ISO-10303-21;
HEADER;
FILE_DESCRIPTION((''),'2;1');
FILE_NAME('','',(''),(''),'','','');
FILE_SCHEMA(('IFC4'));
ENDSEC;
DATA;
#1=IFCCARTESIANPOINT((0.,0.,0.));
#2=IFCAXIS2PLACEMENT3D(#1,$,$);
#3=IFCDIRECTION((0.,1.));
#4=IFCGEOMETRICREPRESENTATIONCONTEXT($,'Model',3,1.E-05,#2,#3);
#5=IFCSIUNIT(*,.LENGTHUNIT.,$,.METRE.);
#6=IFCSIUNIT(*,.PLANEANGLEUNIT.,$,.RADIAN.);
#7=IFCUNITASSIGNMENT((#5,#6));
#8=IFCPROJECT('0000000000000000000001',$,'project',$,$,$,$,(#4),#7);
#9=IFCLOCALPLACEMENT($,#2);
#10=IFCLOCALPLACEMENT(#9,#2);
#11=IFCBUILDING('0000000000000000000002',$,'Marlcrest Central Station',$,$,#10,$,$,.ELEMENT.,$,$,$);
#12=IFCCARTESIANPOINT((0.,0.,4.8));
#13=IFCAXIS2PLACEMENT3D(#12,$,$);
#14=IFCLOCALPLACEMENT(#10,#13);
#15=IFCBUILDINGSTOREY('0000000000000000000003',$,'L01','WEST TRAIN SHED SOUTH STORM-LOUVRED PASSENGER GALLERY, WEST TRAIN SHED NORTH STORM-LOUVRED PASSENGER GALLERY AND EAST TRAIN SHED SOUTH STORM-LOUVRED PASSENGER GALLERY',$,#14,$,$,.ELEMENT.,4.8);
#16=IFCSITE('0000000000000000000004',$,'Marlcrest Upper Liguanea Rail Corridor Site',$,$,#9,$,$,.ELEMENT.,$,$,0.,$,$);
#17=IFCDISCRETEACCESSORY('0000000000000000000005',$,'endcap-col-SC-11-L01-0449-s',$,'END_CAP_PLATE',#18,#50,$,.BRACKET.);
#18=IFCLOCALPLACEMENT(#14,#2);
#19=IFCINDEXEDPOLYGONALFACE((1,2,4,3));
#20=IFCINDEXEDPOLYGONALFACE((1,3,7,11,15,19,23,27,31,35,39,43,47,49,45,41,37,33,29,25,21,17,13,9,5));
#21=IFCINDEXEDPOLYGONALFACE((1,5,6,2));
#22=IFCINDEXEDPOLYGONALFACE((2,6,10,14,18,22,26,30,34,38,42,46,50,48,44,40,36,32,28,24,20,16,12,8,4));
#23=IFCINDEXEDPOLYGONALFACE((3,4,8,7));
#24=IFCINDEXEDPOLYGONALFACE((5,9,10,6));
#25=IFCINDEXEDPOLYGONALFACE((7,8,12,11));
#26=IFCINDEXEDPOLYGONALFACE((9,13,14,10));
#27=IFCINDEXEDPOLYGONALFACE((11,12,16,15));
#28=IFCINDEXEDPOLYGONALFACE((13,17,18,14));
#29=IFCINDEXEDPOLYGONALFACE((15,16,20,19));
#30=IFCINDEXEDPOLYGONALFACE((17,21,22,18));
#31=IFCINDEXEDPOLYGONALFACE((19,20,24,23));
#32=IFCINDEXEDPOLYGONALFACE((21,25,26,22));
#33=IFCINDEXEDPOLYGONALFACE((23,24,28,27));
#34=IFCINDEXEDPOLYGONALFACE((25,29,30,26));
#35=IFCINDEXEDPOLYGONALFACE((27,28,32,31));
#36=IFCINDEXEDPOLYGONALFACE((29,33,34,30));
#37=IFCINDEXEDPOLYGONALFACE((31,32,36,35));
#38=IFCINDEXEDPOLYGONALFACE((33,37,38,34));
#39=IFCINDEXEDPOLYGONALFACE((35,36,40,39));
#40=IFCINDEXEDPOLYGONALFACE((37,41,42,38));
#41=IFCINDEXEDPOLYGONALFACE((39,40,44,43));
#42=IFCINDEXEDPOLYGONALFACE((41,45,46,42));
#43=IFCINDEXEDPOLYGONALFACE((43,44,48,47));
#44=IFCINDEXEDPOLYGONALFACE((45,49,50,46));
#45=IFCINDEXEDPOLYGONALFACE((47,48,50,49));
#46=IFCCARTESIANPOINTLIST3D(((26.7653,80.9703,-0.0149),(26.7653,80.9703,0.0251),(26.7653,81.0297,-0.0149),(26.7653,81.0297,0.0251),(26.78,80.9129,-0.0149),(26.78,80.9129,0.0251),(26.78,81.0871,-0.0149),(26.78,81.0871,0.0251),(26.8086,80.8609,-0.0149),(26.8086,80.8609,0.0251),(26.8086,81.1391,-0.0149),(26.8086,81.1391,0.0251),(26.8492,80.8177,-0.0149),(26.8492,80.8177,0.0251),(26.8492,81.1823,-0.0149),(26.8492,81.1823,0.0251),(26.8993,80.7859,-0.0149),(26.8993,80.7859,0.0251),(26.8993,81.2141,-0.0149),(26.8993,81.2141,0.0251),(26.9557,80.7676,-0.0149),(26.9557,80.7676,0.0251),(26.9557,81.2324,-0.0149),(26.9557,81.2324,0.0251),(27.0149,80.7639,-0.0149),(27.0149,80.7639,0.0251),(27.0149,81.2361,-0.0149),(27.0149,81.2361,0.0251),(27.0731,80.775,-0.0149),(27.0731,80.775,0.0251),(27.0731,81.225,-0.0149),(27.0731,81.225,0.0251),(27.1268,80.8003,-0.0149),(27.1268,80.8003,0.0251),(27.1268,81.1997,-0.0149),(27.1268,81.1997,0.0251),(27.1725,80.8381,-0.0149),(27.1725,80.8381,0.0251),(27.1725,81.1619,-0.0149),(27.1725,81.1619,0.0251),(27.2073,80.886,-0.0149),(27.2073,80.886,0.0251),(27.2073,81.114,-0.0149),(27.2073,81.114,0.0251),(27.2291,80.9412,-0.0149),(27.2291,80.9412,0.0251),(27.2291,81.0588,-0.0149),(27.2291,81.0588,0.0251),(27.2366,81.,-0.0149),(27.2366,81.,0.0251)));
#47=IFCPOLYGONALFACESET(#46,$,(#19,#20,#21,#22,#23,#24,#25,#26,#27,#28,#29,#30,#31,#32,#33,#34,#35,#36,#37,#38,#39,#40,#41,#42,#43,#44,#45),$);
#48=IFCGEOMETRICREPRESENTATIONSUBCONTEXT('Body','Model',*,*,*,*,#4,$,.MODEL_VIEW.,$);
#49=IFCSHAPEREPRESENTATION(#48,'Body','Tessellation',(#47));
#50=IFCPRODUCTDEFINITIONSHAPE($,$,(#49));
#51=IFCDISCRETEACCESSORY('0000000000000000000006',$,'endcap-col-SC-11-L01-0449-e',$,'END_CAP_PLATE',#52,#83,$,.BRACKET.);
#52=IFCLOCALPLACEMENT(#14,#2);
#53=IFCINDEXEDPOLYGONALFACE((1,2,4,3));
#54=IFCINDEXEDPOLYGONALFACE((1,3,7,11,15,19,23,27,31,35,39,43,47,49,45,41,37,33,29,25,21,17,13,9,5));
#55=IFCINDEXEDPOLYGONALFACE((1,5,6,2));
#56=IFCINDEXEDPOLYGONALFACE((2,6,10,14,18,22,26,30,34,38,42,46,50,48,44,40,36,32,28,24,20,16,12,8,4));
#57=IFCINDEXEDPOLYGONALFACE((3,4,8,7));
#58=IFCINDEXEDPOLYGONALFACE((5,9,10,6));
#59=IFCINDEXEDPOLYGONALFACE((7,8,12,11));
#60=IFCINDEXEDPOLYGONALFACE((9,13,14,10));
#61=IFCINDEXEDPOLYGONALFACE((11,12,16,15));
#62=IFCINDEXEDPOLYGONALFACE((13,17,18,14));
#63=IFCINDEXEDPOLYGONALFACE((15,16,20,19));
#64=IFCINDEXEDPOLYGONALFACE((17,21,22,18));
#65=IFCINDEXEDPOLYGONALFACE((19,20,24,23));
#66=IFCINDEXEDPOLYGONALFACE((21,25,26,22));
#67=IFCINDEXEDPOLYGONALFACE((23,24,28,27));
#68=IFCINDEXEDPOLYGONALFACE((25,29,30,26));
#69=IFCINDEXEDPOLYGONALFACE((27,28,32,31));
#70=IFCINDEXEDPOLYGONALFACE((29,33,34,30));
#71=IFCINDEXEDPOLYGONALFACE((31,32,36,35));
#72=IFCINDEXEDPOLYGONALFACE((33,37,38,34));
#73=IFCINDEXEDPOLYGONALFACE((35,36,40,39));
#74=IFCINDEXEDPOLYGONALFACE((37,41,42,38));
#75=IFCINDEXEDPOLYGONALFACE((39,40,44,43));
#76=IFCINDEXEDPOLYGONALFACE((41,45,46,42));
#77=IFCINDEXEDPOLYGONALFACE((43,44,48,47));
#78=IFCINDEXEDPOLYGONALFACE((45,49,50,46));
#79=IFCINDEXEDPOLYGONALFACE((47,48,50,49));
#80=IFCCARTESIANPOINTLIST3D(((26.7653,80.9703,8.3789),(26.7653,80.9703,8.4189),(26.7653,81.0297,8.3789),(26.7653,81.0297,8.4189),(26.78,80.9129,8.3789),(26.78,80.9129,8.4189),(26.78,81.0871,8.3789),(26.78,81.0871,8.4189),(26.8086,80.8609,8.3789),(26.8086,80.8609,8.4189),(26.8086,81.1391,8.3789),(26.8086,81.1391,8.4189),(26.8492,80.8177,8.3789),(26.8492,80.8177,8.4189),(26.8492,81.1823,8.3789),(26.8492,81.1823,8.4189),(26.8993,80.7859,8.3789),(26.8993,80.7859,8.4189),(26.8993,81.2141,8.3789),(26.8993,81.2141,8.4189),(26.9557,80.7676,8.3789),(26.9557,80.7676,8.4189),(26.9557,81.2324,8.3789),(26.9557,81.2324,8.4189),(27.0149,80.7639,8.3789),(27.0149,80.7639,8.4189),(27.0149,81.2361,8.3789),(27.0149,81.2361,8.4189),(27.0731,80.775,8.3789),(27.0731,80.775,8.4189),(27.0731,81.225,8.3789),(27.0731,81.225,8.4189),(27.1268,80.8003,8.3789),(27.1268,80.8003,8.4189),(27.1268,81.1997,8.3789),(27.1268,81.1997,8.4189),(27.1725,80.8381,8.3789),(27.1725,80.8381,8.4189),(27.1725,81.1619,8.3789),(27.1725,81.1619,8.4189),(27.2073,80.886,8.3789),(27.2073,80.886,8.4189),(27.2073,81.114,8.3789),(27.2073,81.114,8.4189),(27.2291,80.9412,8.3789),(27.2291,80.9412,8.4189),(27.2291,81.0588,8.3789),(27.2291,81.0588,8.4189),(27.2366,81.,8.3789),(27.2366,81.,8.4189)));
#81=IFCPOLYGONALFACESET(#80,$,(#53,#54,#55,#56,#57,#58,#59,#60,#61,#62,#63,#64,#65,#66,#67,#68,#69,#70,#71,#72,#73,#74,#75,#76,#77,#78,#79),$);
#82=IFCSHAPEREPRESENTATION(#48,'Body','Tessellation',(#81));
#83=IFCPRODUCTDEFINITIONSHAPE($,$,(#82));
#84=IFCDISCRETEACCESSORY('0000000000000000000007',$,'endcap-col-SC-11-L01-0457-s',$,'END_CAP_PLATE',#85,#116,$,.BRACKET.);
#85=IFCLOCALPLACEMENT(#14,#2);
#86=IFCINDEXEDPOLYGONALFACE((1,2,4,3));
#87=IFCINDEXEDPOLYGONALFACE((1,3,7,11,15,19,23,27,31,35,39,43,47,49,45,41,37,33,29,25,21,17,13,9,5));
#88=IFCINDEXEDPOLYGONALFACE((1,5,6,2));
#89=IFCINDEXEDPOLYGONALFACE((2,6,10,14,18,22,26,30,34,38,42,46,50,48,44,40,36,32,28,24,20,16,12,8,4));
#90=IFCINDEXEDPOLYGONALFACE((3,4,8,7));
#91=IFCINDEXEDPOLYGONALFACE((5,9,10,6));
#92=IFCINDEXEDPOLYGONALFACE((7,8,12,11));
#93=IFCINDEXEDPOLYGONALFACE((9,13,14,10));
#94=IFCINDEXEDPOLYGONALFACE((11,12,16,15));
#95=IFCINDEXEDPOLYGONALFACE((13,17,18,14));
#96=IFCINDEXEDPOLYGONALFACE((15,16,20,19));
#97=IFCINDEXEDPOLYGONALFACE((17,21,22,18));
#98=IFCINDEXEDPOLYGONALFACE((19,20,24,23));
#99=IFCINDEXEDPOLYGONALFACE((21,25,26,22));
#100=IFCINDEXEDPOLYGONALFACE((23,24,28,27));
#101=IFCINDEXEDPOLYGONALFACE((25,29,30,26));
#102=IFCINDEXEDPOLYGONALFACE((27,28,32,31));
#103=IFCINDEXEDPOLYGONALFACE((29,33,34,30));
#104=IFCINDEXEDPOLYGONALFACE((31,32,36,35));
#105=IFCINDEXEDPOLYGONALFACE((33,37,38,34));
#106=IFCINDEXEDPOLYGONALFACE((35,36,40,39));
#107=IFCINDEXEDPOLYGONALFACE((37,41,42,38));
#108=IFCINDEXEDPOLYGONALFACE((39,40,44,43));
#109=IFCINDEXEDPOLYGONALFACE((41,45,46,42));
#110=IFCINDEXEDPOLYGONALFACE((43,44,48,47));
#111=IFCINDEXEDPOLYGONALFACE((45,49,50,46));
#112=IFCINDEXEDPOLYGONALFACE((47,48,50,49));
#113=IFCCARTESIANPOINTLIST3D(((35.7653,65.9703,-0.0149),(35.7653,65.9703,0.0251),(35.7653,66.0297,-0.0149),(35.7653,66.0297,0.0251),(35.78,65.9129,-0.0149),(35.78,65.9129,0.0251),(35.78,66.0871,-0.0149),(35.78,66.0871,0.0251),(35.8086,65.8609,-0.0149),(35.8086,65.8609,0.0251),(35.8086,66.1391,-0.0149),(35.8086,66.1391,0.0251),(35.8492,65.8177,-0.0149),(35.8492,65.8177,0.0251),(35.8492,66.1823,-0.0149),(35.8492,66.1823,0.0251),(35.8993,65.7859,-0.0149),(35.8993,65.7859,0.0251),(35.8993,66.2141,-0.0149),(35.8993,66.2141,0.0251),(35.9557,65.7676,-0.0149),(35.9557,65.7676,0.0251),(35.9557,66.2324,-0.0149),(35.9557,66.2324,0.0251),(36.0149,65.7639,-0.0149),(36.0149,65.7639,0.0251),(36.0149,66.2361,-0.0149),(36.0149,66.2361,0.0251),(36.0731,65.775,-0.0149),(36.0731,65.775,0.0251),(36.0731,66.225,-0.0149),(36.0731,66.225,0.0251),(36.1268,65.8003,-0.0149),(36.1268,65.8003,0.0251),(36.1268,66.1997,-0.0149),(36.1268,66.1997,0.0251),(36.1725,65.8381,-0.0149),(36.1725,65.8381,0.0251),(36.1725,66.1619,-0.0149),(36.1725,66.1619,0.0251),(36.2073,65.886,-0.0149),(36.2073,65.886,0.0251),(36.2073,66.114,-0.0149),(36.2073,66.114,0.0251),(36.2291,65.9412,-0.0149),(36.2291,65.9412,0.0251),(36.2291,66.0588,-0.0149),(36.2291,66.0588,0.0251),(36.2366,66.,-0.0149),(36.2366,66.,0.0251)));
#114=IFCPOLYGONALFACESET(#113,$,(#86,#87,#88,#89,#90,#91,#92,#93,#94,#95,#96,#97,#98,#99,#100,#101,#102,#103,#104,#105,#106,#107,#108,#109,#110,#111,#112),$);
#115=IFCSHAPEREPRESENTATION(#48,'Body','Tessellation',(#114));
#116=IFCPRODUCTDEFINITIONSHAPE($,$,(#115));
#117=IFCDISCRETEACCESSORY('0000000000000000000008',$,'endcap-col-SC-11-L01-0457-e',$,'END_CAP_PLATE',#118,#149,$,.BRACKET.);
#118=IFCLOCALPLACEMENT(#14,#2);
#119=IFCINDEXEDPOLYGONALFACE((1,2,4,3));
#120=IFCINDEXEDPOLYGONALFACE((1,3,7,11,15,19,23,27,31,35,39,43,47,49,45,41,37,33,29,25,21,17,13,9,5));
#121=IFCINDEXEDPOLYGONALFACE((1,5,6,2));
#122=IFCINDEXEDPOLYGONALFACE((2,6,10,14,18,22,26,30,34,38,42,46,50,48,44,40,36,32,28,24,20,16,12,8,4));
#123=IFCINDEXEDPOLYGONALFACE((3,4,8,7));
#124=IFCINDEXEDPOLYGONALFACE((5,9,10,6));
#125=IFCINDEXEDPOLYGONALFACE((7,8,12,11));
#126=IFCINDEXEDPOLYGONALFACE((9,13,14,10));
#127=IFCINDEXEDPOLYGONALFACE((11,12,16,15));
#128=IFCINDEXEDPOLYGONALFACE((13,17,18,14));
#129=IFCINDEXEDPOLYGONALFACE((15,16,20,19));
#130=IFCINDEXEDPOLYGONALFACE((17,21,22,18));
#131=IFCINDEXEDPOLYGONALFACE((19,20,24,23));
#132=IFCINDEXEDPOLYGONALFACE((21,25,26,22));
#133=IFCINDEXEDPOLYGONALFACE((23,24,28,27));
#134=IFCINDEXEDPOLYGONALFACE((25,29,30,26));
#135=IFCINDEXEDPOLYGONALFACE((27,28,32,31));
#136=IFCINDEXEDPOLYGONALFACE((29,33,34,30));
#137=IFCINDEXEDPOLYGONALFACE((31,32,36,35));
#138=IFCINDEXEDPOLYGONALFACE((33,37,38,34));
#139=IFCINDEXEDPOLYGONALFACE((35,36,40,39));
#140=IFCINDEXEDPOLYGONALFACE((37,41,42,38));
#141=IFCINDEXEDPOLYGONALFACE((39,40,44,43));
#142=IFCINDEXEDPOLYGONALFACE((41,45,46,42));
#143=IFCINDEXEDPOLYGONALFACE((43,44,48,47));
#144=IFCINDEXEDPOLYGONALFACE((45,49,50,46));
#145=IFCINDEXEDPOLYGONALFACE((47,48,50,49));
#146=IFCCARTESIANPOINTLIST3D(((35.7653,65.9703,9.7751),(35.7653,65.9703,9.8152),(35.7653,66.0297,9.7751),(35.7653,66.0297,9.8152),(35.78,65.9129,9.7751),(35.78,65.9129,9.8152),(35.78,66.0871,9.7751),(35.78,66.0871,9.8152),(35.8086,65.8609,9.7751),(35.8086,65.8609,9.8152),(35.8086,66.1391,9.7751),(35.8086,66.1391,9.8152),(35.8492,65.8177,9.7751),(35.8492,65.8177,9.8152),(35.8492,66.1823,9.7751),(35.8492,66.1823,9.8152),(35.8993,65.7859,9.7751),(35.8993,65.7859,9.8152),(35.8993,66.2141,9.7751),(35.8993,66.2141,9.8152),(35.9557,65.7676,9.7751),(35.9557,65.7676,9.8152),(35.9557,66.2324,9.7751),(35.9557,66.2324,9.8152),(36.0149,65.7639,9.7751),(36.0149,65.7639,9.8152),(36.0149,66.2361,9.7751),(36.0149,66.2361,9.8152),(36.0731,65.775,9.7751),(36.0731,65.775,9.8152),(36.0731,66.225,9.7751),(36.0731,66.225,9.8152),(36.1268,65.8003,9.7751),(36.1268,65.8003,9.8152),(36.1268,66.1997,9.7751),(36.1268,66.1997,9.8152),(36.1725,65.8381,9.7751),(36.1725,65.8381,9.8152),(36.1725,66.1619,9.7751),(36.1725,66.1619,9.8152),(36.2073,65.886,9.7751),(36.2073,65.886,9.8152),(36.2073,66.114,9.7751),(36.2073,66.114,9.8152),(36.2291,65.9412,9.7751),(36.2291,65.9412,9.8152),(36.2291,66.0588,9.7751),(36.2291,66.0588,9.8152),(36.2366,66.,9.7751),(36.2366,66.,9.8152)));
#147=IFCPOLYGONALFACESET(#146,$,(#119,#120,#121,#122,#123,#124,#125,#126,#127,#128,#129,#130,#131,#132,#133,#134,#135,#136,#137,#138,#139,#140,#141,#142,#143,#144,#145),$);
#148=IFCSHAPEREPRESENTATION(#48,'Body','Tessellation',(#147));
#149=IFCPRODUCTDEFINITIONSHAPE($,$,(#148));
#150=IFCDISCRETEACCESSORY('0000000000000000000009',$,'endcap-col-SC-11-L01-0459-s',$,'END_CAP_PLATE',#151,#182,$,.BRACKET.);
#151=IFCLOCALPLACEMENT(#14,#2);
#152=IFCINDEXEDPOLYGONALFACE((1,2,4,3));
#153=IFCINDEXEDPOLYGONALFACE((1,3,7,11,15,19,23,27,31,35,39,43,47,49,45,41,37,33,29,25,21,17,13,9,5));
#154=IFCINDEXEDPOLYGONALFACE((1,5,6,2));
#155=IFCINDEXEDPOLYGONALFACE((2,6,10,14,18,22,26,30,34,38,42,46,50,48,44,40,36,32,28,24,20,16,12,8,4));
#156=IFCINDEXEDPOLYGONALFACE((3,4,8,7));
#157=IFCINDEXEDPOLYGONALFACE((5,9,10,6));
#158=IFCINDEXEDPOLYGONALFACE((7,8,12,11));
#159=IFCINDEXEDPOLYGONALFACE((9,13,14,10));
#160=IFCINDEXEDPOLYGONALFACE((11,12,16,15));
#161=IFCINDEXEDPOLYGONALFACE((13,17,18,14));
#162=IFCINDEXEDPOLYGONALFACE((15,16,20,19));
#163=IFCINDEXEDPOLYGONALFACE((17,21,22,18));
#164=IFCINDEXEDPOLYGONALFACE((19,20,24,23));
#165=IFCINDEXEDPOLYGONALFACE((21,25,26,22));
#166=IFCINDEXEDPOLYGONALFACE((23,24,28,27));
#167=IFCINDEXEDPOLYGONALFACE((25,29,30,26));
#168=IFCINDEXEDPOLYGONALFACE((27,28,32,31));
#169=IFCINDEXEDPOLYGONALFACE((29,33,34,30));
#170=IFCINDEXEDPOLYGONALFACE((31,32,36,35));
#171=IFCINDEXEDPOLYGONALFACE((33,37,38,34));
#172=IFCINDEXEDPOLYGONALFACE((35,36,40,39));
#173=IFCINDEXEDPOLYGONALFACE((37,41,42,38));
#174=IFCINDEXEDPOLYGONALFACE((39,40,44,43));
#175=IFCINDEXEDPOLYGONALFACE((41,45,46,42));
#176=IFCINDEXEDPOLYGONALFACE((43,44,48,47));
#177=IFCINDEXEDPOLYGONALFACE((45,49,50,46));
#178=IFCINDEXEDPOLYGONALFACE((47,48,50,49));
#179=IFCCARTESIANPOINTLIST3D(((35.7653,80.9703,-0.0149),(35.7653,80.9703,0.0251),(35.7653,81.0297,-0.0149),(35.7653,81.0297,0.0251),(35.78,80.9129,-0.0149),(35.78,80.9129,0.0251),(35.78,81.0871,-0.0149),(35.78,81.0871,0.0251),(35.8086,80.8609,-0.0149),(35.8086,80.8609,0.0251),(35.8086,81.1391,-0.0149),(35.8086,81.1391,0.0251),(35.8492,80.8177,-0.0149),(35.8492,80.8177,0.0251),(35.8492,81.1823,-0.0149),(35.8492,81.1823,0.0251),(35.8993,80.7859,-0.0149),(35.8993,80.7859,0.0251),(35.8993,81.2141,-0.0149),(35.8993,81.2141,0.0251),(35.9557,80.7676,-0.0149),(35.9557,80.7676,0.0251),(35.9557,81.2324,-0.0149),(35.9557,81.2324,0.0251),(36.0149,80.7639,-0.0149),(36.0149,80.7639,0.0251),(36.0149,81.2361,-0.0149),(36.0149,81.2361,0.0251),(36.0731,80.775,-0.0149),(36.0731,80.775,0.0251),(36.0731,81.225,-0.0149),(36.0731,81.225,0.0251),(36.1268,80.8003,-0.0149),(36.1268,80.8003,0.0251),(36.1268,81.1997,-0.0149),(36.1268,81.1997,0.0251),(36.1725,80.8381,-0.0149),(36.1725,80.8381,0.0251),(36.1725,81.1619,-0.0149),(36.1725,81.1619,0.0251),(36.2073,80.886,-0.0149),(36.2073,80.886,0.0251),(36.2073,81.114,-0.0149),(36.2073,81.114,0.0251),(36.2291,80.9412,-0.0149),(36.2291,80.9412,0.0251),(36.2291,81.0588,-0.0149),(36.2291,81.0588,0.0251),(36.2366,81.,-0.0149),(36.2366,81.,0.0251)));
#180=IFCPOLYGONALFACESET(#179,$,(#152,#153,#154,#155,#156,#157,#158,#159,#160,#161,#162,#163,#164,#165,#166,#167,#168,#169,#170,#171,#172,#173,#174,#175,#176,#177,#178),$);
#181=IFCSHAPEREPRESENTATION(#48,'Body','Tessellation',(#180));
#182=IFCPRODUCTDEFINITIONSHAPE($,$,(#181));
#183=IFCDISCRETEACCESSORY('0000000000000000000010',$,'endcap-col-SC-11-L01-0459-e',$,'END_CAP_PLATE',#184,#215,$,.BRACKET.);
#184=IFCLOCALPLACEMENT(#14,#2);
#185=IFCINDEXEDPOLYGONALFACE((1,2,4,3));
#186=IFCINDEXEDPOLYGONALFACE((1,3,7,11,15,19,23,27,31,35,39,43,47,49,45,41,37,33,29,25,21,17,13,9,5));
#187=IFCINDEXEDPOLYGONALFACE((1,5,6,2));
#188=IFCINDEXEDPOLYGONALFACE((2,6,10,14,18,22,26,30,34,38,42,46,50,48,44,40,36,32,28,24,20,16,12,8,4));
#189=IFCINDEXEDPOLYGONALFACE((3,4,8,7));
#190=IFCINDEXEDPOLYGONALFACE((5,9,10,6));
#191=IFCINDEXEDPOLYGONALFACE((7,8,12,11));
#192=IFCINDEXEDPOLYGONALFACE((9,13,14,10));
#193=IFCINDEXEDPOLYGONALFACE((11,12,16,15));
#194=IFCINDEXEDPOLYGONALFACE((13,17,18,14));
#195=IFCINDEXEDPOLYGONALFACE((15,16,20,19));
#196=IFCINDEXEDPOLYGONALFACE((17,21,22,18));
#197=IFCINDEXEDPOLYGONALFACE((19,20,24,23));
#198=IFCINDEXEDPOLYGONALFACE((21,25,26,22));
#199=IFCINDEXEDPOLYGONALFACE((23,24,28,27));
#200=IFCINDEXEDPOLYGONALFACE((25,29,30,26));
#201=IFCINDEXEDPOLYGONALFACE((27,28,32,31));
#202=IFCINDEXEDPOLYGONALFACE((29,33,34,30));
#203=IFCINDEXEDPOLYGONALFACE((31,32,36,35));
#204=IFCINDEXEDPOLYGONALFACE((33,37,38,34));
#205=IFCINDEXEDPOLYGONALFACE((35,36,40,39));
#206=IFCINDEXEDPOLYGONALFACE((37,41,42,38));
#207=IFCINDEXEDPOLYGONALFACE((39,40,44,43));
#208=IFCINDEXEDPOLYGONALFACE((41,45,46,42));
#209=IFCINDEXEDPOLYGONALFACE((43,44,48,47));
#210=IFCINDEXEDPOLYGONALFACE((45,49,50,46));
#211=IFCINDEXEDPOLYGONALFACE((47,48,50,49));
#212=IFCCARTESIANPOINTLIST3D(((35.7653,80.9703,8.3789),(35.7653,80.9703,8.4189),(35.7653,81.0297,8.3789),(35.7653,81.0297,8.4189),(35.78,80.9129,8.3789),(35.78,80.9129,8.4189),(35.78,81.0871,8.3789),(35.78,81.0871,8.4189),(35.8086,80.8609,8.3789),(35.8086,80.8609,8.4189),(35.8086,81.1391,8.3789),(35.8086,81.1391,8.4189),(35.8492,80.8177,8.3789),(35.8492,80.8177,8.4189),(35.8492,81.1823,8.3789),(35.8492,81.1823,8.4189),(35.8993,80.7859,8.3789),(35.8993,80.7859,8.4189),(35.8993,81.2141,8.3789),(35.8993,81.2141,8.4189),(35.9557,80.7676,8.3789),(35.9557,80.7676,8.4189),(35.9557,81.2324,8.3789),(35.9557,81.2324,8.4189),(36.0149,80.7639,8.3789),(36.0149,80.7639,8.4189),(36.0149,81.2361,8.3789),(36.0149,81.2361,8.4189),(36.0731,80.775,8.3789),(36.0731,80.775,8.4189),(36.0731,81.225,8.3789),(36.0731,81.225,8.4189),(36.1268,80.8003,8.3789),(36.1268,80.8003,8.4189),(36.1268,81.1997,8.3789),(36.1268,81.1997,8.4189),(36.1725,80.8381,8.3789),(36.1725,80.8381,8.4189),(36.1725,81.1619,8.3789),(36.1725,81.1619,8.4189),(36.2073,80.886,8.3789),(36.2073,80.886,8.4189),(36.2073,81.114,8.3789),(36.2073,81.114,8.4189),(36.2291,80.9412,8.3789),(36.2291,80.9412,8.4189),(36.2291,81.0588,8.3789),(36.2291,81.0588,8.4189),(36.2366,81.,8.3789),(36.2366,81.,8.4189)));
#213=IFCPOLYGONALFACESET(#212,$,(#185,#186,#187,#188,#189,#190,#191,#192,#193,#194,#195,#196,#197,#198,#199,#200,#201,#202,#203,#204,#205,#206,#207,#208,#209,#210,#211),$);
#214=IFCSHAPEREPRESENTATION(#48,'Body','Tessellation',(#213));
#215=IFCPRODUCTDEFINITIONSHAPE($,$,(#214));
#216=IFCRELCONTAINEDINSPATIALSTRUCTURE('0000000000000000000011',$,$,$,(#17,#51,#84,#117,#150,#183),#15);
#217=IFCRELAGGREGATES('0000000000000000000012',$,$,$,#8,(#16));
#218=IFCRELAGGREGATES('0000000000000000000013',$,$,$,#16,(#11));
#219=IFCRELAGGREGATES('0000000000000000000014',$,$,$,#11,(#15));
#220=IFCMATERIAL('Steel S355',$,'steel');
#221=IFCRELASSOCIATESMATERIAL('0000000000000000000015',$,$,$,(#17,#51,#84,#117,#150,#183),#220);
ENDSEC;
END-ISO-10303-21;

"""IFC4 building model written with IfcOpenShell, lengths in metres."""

from ifc_helpers import new_model, si_unit, direction, frame, origin, origin_2d, place, context, subcontext, project, spatial, circle, extrude, material, element, save


model = new_model("IFC4")

# Units and contexts
model_context = context("Model", 3, precision=1e-05, world=origin(), true_north=direction((0.0, 1.0)))
body_context = subcontext(model_context, "Body", "Model", "MODEL_VIEW")
ifc_project = project(units=[si_unit("LENGTHUNIT", "METRE"), si_unit("PLANEANGLEUNIT", "RADIAN")], contexts=[model_context])

# Site, building, storey
site_placement = place(None, origin())
site = spatial("IfcSite", under=ifc_project, at=site_placement, Name="Marlcrest Upper Liguanea Rail Corridor Site", CompositionType="ELEMENT", RefElevation=0.0)
building_placement = place(site_placement, origin())
building = spatial("IfcBuilding", under=site, at=building_placement, Name="Marlcrest Central Station", CompositionType="ELEMENT")
storey_placement = place(building_placement, frame((0.0, 0.0, 4.8)))
storey = spatial("IfcBuildingStorey", under=building, at=storey_placement, Name="L01", Description="WEST TRAIN SHED SOUTH STORM-LOUVRED PASSENGER GALLERY, WEST TRAIN SHED NORTH STORM-LOUVRED PASSENGER GALLERY AND EAST TRAIN SHED SOUTH STORM-LOUVRED PASSENGER GALLERY", CompositionType="ELEMENT", Elevation=4.8)

# Shared definitions
ifc_material = material(Name="Steel S355", Category="steel")

# Discrete accessories
for number, where, z_axis, x_axis, name in (
    (1, (27.0, 81.0, -0.0149), (0.0, 0.0, 1.0), (1.0, 0.0, 0.0), "endcap-col-SC-11-L01-0449-s"),
    (2, (27.0, 81.0, 8.3789), (0.0, 0.0, 1.0), (1.0, 0.0, 0.0), "endcap-col-SC-11-L01-0449-e"),
    (3, (36.0, 66.0, -0.0149), (0.0, 0.0, 1.0), (1.0, 0.0, 0.0), "endcap-col-SC-11-L01-0457-s"),
    (4, (36.0, 66.0, 9.7751), (0.0, 0.0, 1.0), (1.0, 0.0, 0.0), "endcap-col-SC-11-L01-0457-e"),
    (5, (36.0, 81.0, -0.0149), (0.0, 0.0, 1.0), (1.0, 0.0, 0.0), "endcap-col-SC-11-L01-0459-s"),
    (6, (36.0, 81.0, 8.3789), (0.0, 0.0, 1.0), (1.0, 0.0, 0.0), "endcap-col-SC-11-L01-0459-e"),
):
    element("IfcDiscreteAccessory", number, at=place(storey_placement, frame(where, z_axis=z_axis, x_axis=x_axis)), inside=storey, material=ifc_material, Name=name, ObjectType="END_CAP_PLATE", PredefinedType="BRACKET", context=body_context, shape_type="SweptSolid", body=[
        extrude(circle(Radius=0.2366, at=origin_2d()), origin(), (0.0, 0.0, 1.0), 0.04),
    ])

save(model, "model.ifc")
